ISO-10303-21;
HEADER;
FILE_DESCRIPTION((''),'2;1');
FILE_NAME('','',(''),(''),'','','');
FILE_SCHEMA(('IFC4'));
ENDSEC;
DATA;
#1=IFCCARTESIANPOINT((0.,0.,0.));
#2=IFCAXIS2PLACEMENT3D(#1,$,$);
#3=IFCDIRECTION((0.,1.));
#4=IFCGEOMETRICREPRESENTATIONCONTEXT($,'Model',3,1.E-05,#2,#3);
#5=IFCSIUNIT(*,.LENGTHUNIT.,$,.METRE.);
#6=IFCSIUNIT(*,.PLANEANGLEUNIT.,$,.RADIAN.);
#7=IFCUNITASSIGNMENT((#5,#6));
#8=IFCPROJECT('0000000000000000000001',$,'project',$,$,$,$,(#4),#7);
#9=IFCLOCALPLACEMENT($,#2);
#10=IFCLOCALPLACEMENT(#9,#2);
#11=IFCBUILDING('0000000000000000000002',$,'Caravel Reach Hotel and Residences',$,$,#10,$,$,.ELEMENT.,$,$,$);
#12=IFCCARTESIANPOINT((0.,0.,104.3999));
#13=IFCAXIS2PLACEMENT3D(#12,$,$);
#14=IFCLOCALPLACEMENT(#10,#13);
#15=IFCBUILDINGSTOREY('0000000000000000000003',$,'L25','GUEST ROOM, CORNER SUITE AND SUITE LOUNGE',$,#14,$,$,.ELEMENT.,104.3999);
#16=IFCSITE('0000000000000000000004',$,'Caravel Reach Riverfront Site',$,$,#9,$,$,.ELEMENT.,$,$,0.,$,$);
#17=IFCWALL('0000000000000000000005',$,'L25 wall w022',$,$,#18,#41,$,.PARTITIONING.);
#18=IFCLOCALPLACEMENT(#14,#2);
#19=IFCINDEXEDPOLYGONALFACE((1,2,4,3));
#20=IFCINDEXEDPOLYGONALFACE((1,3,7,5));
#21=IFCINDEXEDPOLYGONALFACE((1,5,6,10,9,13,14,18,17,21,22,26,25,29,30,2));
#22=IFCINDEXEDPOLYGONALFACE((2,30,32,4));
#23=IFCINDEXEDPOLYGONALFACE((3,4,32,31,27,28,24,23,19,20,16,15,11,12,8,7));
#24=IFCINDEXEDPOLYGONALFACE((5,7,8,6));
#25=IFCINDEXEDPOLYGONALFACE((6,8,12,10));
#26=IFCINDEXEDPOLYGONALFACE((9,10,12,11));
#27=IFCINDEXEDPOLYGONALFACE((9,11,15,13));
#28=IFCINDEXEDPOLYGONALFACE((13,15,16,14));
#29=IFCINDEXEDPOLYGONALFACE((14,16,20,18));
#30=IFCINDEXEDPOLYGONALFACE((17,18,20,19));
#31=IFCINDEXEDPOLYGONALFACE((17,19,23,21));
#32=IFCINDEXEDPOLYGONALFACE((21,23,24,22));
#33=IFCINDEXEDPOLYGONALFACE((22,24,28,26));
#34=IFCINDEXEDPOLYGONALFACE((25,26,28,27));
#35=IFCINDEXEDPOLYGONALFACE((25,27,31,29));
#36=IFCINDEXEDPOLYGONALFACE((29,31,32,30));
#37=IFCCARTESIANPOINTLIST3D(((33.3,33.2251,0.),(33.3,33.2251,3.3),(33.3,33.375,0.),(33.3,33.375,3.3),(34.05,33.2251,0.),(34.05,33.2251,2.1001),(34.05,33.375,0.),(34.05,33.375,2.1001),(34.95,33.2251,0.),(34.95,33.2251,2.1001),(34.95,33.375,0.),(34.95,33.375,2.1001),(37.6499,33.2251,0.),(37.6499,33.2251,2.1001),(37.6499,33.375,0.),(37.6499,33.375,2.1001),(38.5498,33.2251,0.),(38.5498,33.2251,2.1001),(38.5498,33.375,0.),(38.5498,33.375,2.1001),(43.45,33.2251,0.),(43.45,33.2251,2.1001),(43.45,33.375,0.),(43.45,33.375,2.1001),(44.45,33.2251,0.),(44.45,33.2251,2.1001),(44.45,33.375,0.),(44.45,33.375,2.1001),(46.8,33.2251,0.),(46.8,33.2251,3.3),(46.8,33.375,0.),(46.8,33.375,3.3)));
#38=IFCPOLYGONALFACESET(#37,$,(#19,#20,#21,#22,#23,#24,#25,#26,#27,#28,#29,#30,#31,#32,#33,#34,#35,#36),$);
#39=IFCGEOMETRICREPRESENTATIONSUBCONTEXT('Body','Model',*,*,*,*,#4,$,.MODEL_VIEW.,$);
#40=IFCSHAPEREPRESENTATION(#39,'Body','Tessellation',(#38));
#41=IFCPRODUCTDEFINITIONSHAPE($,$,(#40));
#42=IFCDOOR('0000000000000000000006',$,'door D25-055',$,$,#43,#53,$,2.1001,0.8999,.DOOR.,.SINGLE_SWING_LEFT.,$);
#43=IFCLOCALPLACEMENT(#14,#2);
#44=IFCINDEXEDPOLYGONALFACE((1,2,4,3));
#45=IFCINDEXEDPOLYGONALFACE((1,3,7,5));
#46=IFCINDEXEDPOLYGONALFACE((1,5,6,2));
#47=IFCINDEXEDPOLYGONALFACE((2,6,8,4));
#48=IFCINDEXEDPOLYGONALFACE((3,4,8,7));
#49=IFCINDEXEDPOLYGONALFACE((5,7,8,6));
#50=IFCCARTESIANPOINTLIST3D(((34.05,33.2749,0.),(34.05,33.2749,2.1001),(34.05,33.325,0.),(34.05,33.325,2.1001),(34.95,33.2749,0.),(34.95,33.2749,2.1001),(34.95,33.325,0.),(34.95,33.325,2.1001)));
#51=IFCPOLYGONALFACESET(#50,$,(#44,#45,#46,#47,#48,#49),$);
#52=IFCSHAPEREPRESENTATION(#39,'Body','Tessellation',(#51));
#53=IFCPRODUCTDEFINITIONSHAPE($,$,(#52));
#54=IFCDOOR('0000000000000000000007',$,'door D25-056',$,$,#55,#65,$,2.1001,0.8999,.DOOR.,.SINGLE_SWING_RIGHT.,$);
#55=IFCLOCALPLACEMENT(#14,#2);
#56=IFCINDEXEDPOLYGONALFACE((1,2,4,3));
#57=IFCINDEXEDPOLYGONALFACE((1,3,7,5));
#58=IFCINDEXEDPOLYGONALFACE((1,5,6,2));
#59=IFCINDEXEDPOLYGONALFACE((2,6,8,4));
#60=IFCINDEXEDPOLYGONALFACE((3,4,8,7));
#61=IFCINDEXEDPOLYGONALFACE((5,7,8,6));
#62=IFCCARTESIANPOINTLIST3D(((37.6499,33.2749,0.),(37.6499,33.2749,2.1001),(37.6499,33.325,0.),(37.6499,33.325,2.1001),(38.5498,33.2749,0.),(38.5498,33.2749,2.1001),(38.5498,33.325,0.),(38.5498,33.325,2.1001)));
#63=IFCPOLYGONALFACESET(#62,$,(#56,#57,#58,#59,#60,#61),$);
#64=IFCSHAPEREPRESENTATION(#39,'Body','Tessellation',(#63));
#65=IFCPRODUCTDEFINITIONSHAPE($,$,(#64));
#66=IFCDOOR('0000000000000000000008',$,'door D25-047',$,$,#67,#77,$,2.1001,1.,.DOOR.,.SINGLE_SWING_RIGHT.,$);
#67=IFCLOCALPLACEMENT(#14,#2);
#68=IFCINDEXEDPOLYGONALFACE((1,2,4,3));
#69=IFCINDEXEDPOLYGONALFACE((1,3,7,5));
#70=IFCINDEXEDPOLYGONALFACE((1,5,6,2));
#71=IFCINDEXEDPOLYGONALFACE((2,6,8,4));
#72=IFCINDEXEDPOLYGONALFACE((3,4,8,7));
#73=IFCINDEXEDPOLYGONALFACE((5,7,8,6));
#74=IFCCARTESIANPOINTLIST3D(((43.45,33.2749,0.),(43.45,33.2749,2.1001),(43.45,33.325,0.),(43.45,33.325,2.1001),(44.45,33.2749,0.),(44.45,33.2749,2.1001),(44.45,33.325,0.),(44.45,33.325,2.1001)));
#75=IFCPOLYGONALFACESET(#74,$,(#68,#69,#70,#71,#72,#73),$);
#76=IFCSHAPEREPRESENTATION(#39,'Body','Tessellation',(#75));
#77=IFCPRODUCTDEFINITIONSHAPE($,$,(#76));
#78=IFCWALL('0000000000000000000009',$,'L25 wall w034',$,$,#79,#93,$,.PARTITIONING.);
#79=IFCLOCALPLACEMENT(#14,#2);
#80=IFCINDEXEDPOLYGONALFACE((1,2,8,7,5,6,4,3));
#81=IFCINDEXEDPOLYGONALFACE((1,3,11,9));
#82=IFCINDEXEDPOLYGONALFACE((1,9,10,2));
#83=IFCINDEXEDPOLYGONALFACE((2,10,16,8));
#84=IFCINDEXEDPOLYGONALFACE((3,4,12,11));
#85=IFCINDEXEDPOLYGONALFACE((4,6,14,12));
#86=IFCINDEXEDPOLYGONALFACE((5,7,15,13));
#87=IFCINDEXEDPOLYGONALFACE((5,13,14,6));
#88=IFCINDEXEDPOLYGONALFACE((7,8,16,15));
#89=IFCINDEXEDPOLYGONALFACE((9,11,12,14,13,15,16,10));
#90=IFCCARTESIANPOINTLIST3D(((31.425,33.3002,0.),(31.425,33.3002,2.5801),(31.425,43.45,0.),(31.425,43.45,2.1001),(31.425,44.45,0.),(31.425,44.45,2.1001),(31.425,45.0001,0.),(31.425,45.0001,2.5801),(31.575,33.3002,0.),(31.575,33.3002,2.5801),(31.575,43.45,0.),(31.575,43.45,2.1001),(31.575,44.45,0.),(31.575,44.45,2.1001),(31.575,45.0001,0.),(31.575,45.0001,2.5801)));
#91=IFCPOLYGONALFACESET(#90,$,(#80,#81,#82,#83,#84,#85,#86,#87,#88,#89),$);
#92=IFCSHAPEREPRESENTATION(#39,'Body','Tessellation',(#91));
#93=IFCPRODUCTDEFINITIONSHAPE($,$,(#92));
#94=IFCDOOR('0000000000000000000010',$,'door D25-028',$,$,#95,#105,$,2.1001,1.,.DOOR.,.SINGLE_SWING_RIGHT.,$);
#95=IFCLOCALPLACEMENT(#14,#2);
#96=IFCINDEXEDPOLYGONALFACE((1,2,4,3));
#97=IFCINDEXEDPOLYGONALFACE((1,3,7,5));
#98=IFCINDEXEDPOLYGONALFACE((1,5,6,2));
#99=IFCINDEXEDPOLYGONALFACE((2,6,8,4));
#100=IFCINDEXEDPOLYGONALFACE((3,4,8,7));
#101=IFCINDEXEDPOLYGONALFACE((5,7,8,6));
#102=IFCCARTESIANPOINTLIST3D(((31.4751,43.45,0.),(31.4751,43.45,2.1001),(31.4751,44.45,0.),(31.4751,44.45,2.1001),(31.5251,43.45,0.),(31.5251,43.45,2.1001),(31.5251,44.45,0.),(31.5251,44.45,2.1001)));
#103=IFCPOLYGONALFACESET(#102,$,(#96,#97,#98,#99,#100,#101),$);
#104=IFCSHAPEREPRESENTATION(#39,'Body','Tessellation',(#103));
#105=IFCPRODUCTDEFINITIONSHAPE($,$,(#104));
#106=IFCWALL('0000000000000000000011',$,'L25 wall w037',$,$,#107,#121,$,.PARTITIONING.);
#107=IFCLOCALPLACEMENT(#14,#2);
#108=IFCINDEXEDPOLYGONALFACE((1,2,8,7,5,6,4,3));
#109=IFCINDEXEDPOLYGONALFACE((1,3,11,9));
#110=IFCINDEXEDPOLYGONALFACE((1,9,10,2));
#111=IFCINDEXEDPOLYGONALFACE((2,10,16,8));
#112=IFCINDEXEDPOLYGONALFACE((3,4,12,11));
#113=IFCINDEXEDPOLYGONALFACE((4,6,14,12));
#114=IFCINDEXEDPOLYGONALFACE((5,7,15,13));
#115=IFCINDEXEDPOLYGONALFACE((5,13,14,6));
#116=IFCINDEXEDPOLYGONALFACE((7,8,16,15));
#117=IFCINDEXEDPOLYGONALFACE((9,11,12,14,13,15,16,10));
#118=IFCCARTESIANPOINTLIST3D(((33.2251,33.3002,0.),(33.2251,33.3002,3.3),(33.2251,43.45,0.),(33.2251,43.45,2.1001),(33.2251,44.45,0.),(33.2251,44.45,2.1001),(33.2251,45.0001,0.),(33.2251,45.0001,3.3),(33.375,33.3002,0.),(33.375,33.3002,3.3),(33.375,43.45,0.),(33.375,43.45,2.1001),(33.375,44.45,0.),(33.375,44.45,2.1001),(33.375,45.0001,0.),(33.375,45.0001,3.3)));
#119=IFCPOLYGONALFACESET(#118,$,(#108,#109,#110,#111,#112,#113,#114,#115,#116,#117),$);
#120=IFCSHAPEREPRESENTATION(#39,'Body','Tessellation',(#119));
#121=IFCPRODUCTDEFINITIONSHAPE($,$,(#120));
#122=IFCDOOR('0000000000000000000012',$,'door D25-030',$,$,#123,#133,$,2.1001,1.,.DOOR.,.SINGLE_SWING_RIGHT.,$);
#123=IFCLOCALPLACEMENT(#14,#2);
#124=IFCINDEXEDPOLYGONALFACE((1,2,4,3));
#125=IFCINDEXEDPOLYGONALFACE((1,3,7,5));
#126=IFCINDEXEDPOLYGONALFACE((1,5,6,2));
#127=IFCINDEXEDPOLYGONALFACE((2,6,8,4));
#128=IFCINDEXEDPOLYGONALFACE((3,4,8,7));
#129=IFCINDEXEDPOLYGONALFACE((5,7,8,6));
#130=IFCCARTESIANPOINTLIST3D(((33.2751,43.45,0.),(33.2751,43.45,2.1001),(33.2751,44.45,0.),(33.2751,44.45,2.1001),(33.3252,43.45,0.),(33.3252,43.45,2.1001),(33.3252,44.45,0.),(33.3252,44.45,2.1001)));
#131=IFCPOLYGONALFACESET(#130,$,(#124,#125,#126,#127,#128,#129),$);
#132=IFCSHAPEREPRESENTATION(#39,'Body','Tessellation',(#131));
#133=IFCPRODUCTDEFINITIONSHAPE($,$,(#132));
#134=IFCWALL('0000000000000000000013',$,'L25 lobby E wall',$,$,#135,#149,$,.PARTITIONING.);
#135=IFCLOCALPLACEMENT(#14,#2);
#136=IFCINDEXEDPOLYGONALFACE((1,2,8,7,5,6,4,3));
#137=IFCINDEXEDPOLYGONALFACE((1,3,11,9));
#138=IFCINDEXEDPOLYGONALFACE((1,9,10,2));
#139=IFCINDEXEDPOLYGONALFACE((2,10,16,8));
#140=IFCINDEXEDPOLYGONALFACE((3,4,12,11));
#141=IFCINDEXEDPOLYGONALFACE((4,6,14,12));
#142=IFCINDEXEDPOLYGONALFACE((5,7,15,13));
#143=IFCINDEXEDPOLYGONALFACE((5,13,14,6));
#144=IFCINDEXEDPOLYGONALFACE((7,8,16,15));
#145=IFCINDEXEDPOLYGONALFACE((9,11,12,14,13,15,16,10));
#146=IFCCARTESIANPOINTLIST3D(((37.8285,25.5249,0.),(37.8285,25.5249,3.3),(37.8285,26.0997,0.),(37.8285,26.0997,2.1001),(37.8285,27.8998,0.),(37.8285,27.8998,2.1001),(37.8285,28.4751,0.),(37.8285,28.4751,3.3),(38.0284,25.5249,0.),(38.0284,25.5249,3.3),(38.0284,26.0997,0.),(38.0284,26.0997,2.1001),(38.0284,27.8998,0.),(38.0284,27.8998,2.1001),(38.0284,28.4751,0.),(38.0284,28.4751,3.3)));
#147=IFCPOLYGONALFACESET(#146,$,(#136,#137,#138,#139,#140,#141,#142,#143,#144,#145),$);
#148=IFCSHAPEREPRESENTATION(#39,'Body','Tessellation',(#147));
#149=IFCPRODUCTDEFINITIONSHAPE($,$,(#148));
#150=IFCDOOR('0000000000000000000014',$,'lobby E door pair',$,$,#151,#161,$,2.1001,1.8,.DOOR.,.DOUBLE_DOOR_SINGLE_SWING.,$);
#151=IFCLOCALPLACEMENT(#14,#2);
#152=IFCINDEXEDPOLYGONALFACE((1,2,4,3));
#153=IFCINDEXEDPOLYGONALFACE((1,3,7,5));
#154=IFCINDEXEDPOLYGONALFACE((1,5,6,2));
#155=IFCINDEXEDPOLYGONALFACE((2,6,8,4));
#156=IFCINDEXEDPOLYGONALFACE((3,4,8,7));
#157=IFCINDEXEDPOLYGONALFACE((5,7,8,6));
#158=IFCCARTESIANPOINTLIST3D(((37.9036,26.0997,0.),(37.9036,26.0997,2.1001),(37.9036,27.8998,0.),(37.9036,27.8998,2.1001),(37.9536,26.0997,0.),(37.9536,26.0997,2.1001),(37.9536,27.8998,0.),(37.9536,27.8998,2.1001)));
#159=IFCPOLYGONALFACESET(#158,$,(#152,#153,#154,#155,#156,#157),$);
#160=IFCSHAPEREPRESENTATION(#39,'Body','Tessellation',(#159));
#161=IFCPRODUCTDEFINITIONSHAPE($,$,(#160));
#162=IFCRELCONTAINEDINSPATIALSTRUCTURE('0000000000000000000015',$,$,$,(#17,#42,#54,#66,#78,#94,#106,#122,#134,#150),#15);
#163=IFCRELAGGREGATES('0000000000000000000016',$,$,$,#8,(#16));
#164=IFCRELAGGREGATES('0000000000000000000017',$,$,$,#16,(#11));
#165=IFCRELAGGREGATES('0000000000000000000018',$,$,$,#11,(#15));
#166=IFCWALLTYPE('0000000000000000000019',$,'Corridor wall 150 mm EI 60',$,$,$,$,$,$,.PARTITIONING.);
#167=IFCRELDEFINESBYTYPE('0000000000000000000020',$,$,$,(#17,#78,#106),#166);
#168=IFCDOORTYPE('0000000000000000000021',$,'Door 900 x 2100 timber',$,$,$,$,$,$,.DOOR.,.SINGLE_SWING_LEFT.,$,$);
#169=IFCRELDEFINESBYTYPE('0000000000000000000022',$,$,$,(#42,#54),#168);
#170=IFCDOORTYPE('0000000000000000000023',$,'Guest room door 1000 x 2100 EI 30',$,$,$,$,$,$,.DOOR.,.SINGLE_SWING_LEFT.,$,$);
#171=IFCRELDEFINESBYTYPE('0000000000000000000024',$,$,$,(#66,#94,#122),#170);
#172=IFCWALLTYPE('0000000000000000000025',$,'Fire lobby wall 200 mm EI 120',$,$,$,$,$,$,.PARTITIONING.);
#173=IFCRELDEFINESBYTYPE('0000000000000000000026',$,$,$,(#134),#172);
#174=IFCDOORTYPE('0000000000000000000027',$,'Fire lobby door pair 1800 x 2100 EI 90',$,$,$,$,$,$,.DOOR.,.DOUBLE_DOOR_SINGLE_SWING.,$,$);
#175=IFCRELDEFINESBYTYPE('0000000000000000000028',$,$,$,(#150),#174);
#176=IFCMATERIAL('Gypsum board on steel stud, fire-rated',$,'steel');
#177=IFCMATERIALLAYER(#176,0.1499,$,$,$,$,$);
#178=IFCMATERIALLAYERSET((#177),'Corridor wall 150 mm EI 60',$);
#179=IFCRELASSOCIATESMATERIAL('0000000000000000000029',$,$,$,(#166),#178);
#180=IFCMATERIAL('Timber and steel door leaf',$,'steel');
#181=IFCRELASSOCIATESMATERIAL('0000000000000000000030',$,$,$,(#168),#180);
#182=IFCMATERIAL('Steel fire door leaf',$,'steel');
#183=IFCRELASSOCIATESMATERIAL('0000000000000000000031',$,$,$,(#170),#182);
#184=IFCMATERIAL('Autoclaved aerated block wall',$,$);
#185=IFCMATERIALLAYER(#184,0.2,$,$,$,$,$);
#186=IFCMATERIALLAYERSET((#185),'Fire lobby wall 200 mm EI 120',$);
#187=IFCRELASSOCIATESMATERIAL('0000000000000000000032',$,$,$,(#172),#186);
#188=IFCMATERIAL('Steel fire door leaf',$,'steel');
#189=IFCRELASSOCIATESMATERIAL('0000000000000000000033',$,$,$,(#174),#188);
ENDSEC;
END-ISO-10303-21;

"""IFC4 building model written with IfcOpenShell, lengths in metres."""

from ifc_helpers import new_model, si_unit, direction, frame, frame_2d, origin, place, context, subcontext, project, spatial, rectangle, extrude, material, layer, layer_set, type_object, element, fill, save


model = new_model("IFC4")

# Units and contexts
model_context = context("Model", 3, precision=1e-05, world=origin(), true_north=direction((0.0, 1.0)))
body_context = subcontext(model_context, "Body", "Model", "MODEL_VIEW")
ifc_project = project(units=[si_unit("LENGTHUNIT", "METRE"), si_unit("PLANEANGLEUNIT", "RADIAN")], contexts=[model_context])

# Site, building, storey
site_placement = place(None, origin())
site = spatial("IfcSite", under=ifc_project, at=site_placement, Name="Caravel Reach Riverfront Site", CompositionType="ELEMENT", RefElevation=0.0)
building_placement = place(site_placement, origin())
building = spatial("IfcBuilding", under=site, at=building_placement, Name="Caravel Reach Hotel and Residences", CompositionType="ELEMENT")
storey_placement = place(building_placement, frame((0.0, 0.0, 104.3999)))
storey = spatial("IfcBuildingStorey", under=building, at=storey_placement, Name="L25", Description="GUEST ROOM, CORNER SUITE AND SUITE LOUNGE", CompositionType="ELEMENT", Elevation=104.3999)

# Wall, openings, doors
ifc_material_1 = material(Name="Gypsum board on steel stud, fire-rated", Category="steel")
ifc_layer_1 = layer(ifc_material_1, 0.1499)
ifc_layer_set_1 = layer_set([ifc_layer_1], Name="Corridor wall 150 mm EI 60")
wall_type_1 = type_object("IfcWallType", Name="Corridor wall 150 mm EI 60", PredefinedType="PARTITIONING", material=ifc_layer_set_1)
wall_1_placement = place(storey_placement, frame((33.3, 33.3, 0.0), z_axis=(0.0, 0.0, 1.0), x_axis=(1.0, 0.0, 0.0)))
wall_1 = element("IfcWall", 1, at=wall_1_placement, inside=storey, type_object=wall_type_1, Name="L25 wall w022", PredefinedType="PARTITIONING", context=body_context, shape_type="SweptSolid", body=[
    extrude(rectangle(XDim=13.5, YDim=0.1499, at=frame_2d((6.75, 0.0))), origin(), (0.0, 0.0, 1.0), 3.3),
])
opening_1_placement = place(wall_1_placement, frame((10.1499, 0.0, 0.0)))
opening_1 = element("IfcOpeningElement", 2, at=opening_1_placement, cuts=wall_1, PredefinedType="OPENING", context=body_context, shape_type="SweptSolid", body=[
    extrude(rectangle(XDim=1.0, YDim=2.1001, at=frame_2d((0.5, 1.05))), frame((0.0, 0.085, 0.0), z_axis=(0.0, -1.0, 0.0), x_axis=(1.0, 0.0, 0.0)), (0.0, 0.0, 1.0), 0.1699),
])
opening_2_placement = place(wall_1_placement, frame((0.75, 0.0, 0.0)))
opening_2 = element("IfcOpeningElement", 3, at=opening_2_placement, cuts=wall_1, PredefinedType="OPENING", context=body_context, shape_type="SweptSolid", body=[
    extrude(rectangle(XDim=0.8999, YDim=2.1001, at=frame_2d((0.45, 1.05))), frame((0.0, 0.085, 0.0), z_axis=(0.0, -1.0, 0.0), x_axis=(1.0, 0.0, 0.0)), (0.0, 0.0, 1.0), 0.1699),
])
opening_3_placement = place(wall_1_placement, frame((4.3499, 0.0, 0.0)))
opening_3 = element("IfcOpeningElement", 4, at=opening_3_placement, cuts=wall_1, PredefinedType="OPENING", context=body_context, shape_type="SweptSolid", body=[
    extrude(rectangle(XDim=0.8999, YDim=2.1001, at=frame_2d((0.45, 1.05))), frame((0.0, 0.085, 0.0), z_axis=(0.0, -1.0, 0.0), x_axis=(1.0, 0.0, 0.0)), (0.0, 0.0, 1.0), 0.1699),
])
ifc_material_2 = material(Name="Timber and steel door leaf", Category="steel")
door_type_1 = type_object("IfcDoorType", Name="Door 900 x 2100 timber", OperationType="SINGLE_SWING_LEFT", PredefinedType="DOOR", material=ifc_material_2)
door_1_placement = place(opening_2_placement, origin())
door_1 = element("IfcDoor", 5, at=door_1_placement, inside=storey, type_object=door_type_1, Name="door D25-055", OperationType="SINGLE_SWING_LEFT", OverallHeight=2.1001, OverallWidth=0.8999, PredefinedType="DOOR", context=body_context, shape_type="SweptSolid", body=[
    extrude(rectangle(XDim=0.8999, YDim=2.1001, at=frame_2d((0.45, 1.05))), frame((0.0, 0.0249, 0.0), z_axis=(0.0, -1.0, 0.0), x_axis=(1.0, 0.0, 0.0)), (0.0, 0.0, 1.0), 0.05),
])
fill(opening_2, door_1)
door_2_placement = place(opening_3_placement, origin())
door_2 = element("IfcDoor", 6, at=door_2_placement, inside=storey, type_object=door_type_1, Name="door D25-056", OperationType="SINGLE_SWING_RIGHT", OverallHeight=2.1001, OverallWidth=0.8999, PredefinedType="DOOR", context=body_context, shape_type="SweptSolid", body=[
    extrude(rectangle(XDim=0.8999, YDim=2.1001, at=frame_2d((0.45, 1.05))), frame((0.0, 0.0249, 0.0), z_axis=(0.0, -1.0, 0.0), x_axis=(1.0, 0.0, 0.0)), (0.0, 0.0, 1.0), 0.05),
])
fill(opening_3, door_2)
ifc_material_3 = material(Name="Steel fire door leaf", Category="steel")
door_type_2 = type_object("IfcDoorType", Name="Guest room door 1000 x 2100 EI 30", OperationType="SINGLE_SWING_LEFT", PredefinedType="DOOR", material=ifc_material_3)
door_3_placement = place(opening_1_placement, origin())
door_3 = element("IfcDoor", 7, at=door_3_placement, inside=storey, type_object=door_type_2, Name="door D25-047", OperationType="SINGLE_SWING_RIGHT", OverallHeight=2.1001, OverallWidth=1.0, PredefinedType="DOOR", context=body_context, shape_type="SweptSolid", body=[
    extrude(rectangle(XDim=1.0, YDim=2.1001, at=frame_2d((0.5, 1.05))), frame((0.0, 0.0249, 0.0), z_axis=(0.0, -1.0, 0.0), x_axis=(1.0, 0.0, 0.0)), (0.0, 0.0, 1.0), 0.05),
])
fill(opening_1, door_3)

# Walls, openings, doors
wall_2_placement = place(storey_placement, frame((31.5, 33.3, 0.0), z_axis=(0.0, 0.0, 1.0), x_axis=(0.0, 1.0, 0.0)))
wall_2 = element("IfcWall", 8, at=wall_2_placement, inside=storey, type_object=wall_type_1, Name="L25 wall w034", PredefinedType="PARTITIONING", context=body_context, shape_type="SweptSolid", body=[
    extrude(rectangle(XDim=11.7, YDim=0.1499, at=frame_2d((5.8501, 0.0))), origin(), (0.0, 0.0, 1.0), 2.5801),
])
opening_4_placement = place(wall_2_placement, frame((10.1499, 0.0, 0.0)))
opening_4 = element("IfcOpeningElement", 9, at=opening_4_placement, cuts=wall_2, PredefinedType="OPENING", context=body_context, shape_type="SweptSolid", body=[
    extrude(rectangle(XDim=1.0, YDim=2.1001, at=frame_2d((0.5, 1.05))), frame((0.0, 0.085, 0.0), z_axis=(0.0, -1.0, 0.0), x_axis=(1.0, 0.0, 0.0)), (0.0, 0.0, 1.0), 0.1699),
])
door_4_placement = place(opening_4_placement, origin())
door_4 = element("IfcDoor", 10, at=door_4_placement, inside=storey, type_object=door_type_2, Name="door D25-028", OperationType="SINGLE_SWING_RIGHT", OverallHeight=2.1001, OverallWidth=1.0, PredefinedType="DOOR", context=body_context, shape_type="SweptSolid", body=[
    extrude(rectangle(XDim=1.0, YDim=2.1001, at=frame_2d((0.5, 1.05))), frame((0.0, 0.0249, 0.0), z_axis=(0.0, -1.0, 0.0), x_axis=(1.0, 0.0, 0.0)), (0.0, 0.0, 1.0), 0.05),
])
fill(opening_4, door_4)
wall_3_placement = place(storey_placement, frame((33.3, 33.3, 0.0), z_axis=(0.0, 0.0, 1.0), x_axis=(0.0, 1.0, 0.0)))
wall_3 = element("IfcWall", 11, at=wall_3_placement, inside=storey, type_object=wall_type_1, Name="L25 wall w037", PredefinedType="PARTITIONING", context=body_context, shape_type="SweptSolid", body=[
    extrude(rectangle(XDim=11.7, YDim=0.1499, at=frame_2d((5.8501, 0.0))), origin(), (0.0, 0.0, 1.0), 3.3),
])
opening_5_placement = place(wall_3_placement, frame((10.1499, 0.0, 0.0)))
opening_5 = element("IfcOpeningElement", 12, at=opening_5_placement, cuts=wall_3, PredefinedType="OPENING", context=body_context, shape_type="SweptSolid", body=[
    extrude(rectangle(XDim=1.0, YDim=2.1001, at=frame_2d((0.5, 1.05))), frame((0.0, 0.085, 0.0), z_axis=(0.0, -1.0, 0.0), x_axis=(1.0, 0.0, 0.0)), (0.0, 0.0, 1.0), 0.1699),
])
door_5_placement = place(opening_5_placement, origin())
door_5 = element("IfcDoor", 13, at=door_5_placement, inside=storey, type_object=door_type_2, Name="door D25-030", OperationType="SINGLE_SWING_RIGHT", OverallHeight=2.1001, OverallWidth=1.0, PredefinedType="DOOR", context=body_context, shape_type="SweptSolid", body=[
    extrude(rectangle(XDim=1.0, YDim=2.1001, at=frame_2d((0.5, 1.05))), frame((0.0, 0.0249, 0.0), z_axis=(0.0, -1.0, 0.0), x_axis=(1.0, 0.0, 0.0)), (0.0, 0.0, 1.0), 0.05),
])
fill(opening_5, door_5)
ifc_material_4 = material(Name="Autoclaved aerated block wall")
ifc_layer_2 = layer(ifc_material_4, 0.2)
ifc_layer_set_2 = layer_set([ifc_layer_2], Name="Fire lobby wall 200 mm EI 120")
wall_type_2 = type_object("IfcWallType", Name="Fire lobby wall 200 mm EI 120", PredefinedType="PARTITIONING", material=ifc_layer_set_2)
wall_4_placement = place(storey_placement, frame((37.9285, 25.5249, 0.0), z_axis=(0.0, 0.0, 1.0), x_axis=(0.0, 1.0, 0.0)))
wall_4 = element("IfcWall", 14, at=wall_4_placement, inside=storey, type_object=wall_type_2, Name="L25 lobby E wall", PredefinedType="PARTITIONING", context=body_context, shape_type="SweptSolid", body=[
    extrude(rectangle(XDim=2.9502, YDim=0.2, at=frame_2d((1.4751, 0.0))), origin(), (0.0, 0.0, 1.0), 3.3),
])
opening_6_placement = place(wall_4_placement, frame((0.575, 0.0, 0.0)))
opening_6 = element("IfcOpeningElement", 15, at=opening_6_placement, cuts=wall_4, PredefinedType="OPENING", context=body_context, shape_type="SweptSolid", body=[
    extrude(rectangle(XDim=1.8, YDim=2.1001, at=frame_2d((0.8999, 1.05))), frame((0.0, 0.1099, 0.0), z_axis=(0.0, -1.0, 0.0), x_axis=(1.0, 0.0, 0.0)), (0.0, 0.0, 1.0), 0.22),
])
ifc_material_5 = material(Name="Steel fire door leaf", Category="steel")
door_type_3 = type_object("IfcDoorType", Name="Fire lobby door pair 1800 x 2100 EI 90", OperationType="DOUBLE_DOOR_SINGLE_SWING", PredefinedType="DOOR", material=ifc_material_5)
door_6_placement = place(opening_6_placement, origin())
door_6 = element("IfcDoor", 16, at=door_6_placement, inside=storey, type_object=door_type_3, Name="lobby E door pair", OperationType="DOUBLE_DOOR_SINGLE_SWING", OverallHeight=2.1001, OverallWidth=1.8, PredefinedType="DOOR", context=body_context, shape_type="SweptSolid", body=[
    extrude(rectangle(XDim=1.8, YDim=2.1001, at=frame_2d((0.8999, 1.05))), frame((0.0, 0.0249, 0.0), z_axis=(0.0, -1.0, 0.0), x_axis=(1.0, 0.0, 0.0)), (0.0, 0.0, 1.0), 0.05),
])
fill(opening_6, door_6)

save(model, "model.ifc")
